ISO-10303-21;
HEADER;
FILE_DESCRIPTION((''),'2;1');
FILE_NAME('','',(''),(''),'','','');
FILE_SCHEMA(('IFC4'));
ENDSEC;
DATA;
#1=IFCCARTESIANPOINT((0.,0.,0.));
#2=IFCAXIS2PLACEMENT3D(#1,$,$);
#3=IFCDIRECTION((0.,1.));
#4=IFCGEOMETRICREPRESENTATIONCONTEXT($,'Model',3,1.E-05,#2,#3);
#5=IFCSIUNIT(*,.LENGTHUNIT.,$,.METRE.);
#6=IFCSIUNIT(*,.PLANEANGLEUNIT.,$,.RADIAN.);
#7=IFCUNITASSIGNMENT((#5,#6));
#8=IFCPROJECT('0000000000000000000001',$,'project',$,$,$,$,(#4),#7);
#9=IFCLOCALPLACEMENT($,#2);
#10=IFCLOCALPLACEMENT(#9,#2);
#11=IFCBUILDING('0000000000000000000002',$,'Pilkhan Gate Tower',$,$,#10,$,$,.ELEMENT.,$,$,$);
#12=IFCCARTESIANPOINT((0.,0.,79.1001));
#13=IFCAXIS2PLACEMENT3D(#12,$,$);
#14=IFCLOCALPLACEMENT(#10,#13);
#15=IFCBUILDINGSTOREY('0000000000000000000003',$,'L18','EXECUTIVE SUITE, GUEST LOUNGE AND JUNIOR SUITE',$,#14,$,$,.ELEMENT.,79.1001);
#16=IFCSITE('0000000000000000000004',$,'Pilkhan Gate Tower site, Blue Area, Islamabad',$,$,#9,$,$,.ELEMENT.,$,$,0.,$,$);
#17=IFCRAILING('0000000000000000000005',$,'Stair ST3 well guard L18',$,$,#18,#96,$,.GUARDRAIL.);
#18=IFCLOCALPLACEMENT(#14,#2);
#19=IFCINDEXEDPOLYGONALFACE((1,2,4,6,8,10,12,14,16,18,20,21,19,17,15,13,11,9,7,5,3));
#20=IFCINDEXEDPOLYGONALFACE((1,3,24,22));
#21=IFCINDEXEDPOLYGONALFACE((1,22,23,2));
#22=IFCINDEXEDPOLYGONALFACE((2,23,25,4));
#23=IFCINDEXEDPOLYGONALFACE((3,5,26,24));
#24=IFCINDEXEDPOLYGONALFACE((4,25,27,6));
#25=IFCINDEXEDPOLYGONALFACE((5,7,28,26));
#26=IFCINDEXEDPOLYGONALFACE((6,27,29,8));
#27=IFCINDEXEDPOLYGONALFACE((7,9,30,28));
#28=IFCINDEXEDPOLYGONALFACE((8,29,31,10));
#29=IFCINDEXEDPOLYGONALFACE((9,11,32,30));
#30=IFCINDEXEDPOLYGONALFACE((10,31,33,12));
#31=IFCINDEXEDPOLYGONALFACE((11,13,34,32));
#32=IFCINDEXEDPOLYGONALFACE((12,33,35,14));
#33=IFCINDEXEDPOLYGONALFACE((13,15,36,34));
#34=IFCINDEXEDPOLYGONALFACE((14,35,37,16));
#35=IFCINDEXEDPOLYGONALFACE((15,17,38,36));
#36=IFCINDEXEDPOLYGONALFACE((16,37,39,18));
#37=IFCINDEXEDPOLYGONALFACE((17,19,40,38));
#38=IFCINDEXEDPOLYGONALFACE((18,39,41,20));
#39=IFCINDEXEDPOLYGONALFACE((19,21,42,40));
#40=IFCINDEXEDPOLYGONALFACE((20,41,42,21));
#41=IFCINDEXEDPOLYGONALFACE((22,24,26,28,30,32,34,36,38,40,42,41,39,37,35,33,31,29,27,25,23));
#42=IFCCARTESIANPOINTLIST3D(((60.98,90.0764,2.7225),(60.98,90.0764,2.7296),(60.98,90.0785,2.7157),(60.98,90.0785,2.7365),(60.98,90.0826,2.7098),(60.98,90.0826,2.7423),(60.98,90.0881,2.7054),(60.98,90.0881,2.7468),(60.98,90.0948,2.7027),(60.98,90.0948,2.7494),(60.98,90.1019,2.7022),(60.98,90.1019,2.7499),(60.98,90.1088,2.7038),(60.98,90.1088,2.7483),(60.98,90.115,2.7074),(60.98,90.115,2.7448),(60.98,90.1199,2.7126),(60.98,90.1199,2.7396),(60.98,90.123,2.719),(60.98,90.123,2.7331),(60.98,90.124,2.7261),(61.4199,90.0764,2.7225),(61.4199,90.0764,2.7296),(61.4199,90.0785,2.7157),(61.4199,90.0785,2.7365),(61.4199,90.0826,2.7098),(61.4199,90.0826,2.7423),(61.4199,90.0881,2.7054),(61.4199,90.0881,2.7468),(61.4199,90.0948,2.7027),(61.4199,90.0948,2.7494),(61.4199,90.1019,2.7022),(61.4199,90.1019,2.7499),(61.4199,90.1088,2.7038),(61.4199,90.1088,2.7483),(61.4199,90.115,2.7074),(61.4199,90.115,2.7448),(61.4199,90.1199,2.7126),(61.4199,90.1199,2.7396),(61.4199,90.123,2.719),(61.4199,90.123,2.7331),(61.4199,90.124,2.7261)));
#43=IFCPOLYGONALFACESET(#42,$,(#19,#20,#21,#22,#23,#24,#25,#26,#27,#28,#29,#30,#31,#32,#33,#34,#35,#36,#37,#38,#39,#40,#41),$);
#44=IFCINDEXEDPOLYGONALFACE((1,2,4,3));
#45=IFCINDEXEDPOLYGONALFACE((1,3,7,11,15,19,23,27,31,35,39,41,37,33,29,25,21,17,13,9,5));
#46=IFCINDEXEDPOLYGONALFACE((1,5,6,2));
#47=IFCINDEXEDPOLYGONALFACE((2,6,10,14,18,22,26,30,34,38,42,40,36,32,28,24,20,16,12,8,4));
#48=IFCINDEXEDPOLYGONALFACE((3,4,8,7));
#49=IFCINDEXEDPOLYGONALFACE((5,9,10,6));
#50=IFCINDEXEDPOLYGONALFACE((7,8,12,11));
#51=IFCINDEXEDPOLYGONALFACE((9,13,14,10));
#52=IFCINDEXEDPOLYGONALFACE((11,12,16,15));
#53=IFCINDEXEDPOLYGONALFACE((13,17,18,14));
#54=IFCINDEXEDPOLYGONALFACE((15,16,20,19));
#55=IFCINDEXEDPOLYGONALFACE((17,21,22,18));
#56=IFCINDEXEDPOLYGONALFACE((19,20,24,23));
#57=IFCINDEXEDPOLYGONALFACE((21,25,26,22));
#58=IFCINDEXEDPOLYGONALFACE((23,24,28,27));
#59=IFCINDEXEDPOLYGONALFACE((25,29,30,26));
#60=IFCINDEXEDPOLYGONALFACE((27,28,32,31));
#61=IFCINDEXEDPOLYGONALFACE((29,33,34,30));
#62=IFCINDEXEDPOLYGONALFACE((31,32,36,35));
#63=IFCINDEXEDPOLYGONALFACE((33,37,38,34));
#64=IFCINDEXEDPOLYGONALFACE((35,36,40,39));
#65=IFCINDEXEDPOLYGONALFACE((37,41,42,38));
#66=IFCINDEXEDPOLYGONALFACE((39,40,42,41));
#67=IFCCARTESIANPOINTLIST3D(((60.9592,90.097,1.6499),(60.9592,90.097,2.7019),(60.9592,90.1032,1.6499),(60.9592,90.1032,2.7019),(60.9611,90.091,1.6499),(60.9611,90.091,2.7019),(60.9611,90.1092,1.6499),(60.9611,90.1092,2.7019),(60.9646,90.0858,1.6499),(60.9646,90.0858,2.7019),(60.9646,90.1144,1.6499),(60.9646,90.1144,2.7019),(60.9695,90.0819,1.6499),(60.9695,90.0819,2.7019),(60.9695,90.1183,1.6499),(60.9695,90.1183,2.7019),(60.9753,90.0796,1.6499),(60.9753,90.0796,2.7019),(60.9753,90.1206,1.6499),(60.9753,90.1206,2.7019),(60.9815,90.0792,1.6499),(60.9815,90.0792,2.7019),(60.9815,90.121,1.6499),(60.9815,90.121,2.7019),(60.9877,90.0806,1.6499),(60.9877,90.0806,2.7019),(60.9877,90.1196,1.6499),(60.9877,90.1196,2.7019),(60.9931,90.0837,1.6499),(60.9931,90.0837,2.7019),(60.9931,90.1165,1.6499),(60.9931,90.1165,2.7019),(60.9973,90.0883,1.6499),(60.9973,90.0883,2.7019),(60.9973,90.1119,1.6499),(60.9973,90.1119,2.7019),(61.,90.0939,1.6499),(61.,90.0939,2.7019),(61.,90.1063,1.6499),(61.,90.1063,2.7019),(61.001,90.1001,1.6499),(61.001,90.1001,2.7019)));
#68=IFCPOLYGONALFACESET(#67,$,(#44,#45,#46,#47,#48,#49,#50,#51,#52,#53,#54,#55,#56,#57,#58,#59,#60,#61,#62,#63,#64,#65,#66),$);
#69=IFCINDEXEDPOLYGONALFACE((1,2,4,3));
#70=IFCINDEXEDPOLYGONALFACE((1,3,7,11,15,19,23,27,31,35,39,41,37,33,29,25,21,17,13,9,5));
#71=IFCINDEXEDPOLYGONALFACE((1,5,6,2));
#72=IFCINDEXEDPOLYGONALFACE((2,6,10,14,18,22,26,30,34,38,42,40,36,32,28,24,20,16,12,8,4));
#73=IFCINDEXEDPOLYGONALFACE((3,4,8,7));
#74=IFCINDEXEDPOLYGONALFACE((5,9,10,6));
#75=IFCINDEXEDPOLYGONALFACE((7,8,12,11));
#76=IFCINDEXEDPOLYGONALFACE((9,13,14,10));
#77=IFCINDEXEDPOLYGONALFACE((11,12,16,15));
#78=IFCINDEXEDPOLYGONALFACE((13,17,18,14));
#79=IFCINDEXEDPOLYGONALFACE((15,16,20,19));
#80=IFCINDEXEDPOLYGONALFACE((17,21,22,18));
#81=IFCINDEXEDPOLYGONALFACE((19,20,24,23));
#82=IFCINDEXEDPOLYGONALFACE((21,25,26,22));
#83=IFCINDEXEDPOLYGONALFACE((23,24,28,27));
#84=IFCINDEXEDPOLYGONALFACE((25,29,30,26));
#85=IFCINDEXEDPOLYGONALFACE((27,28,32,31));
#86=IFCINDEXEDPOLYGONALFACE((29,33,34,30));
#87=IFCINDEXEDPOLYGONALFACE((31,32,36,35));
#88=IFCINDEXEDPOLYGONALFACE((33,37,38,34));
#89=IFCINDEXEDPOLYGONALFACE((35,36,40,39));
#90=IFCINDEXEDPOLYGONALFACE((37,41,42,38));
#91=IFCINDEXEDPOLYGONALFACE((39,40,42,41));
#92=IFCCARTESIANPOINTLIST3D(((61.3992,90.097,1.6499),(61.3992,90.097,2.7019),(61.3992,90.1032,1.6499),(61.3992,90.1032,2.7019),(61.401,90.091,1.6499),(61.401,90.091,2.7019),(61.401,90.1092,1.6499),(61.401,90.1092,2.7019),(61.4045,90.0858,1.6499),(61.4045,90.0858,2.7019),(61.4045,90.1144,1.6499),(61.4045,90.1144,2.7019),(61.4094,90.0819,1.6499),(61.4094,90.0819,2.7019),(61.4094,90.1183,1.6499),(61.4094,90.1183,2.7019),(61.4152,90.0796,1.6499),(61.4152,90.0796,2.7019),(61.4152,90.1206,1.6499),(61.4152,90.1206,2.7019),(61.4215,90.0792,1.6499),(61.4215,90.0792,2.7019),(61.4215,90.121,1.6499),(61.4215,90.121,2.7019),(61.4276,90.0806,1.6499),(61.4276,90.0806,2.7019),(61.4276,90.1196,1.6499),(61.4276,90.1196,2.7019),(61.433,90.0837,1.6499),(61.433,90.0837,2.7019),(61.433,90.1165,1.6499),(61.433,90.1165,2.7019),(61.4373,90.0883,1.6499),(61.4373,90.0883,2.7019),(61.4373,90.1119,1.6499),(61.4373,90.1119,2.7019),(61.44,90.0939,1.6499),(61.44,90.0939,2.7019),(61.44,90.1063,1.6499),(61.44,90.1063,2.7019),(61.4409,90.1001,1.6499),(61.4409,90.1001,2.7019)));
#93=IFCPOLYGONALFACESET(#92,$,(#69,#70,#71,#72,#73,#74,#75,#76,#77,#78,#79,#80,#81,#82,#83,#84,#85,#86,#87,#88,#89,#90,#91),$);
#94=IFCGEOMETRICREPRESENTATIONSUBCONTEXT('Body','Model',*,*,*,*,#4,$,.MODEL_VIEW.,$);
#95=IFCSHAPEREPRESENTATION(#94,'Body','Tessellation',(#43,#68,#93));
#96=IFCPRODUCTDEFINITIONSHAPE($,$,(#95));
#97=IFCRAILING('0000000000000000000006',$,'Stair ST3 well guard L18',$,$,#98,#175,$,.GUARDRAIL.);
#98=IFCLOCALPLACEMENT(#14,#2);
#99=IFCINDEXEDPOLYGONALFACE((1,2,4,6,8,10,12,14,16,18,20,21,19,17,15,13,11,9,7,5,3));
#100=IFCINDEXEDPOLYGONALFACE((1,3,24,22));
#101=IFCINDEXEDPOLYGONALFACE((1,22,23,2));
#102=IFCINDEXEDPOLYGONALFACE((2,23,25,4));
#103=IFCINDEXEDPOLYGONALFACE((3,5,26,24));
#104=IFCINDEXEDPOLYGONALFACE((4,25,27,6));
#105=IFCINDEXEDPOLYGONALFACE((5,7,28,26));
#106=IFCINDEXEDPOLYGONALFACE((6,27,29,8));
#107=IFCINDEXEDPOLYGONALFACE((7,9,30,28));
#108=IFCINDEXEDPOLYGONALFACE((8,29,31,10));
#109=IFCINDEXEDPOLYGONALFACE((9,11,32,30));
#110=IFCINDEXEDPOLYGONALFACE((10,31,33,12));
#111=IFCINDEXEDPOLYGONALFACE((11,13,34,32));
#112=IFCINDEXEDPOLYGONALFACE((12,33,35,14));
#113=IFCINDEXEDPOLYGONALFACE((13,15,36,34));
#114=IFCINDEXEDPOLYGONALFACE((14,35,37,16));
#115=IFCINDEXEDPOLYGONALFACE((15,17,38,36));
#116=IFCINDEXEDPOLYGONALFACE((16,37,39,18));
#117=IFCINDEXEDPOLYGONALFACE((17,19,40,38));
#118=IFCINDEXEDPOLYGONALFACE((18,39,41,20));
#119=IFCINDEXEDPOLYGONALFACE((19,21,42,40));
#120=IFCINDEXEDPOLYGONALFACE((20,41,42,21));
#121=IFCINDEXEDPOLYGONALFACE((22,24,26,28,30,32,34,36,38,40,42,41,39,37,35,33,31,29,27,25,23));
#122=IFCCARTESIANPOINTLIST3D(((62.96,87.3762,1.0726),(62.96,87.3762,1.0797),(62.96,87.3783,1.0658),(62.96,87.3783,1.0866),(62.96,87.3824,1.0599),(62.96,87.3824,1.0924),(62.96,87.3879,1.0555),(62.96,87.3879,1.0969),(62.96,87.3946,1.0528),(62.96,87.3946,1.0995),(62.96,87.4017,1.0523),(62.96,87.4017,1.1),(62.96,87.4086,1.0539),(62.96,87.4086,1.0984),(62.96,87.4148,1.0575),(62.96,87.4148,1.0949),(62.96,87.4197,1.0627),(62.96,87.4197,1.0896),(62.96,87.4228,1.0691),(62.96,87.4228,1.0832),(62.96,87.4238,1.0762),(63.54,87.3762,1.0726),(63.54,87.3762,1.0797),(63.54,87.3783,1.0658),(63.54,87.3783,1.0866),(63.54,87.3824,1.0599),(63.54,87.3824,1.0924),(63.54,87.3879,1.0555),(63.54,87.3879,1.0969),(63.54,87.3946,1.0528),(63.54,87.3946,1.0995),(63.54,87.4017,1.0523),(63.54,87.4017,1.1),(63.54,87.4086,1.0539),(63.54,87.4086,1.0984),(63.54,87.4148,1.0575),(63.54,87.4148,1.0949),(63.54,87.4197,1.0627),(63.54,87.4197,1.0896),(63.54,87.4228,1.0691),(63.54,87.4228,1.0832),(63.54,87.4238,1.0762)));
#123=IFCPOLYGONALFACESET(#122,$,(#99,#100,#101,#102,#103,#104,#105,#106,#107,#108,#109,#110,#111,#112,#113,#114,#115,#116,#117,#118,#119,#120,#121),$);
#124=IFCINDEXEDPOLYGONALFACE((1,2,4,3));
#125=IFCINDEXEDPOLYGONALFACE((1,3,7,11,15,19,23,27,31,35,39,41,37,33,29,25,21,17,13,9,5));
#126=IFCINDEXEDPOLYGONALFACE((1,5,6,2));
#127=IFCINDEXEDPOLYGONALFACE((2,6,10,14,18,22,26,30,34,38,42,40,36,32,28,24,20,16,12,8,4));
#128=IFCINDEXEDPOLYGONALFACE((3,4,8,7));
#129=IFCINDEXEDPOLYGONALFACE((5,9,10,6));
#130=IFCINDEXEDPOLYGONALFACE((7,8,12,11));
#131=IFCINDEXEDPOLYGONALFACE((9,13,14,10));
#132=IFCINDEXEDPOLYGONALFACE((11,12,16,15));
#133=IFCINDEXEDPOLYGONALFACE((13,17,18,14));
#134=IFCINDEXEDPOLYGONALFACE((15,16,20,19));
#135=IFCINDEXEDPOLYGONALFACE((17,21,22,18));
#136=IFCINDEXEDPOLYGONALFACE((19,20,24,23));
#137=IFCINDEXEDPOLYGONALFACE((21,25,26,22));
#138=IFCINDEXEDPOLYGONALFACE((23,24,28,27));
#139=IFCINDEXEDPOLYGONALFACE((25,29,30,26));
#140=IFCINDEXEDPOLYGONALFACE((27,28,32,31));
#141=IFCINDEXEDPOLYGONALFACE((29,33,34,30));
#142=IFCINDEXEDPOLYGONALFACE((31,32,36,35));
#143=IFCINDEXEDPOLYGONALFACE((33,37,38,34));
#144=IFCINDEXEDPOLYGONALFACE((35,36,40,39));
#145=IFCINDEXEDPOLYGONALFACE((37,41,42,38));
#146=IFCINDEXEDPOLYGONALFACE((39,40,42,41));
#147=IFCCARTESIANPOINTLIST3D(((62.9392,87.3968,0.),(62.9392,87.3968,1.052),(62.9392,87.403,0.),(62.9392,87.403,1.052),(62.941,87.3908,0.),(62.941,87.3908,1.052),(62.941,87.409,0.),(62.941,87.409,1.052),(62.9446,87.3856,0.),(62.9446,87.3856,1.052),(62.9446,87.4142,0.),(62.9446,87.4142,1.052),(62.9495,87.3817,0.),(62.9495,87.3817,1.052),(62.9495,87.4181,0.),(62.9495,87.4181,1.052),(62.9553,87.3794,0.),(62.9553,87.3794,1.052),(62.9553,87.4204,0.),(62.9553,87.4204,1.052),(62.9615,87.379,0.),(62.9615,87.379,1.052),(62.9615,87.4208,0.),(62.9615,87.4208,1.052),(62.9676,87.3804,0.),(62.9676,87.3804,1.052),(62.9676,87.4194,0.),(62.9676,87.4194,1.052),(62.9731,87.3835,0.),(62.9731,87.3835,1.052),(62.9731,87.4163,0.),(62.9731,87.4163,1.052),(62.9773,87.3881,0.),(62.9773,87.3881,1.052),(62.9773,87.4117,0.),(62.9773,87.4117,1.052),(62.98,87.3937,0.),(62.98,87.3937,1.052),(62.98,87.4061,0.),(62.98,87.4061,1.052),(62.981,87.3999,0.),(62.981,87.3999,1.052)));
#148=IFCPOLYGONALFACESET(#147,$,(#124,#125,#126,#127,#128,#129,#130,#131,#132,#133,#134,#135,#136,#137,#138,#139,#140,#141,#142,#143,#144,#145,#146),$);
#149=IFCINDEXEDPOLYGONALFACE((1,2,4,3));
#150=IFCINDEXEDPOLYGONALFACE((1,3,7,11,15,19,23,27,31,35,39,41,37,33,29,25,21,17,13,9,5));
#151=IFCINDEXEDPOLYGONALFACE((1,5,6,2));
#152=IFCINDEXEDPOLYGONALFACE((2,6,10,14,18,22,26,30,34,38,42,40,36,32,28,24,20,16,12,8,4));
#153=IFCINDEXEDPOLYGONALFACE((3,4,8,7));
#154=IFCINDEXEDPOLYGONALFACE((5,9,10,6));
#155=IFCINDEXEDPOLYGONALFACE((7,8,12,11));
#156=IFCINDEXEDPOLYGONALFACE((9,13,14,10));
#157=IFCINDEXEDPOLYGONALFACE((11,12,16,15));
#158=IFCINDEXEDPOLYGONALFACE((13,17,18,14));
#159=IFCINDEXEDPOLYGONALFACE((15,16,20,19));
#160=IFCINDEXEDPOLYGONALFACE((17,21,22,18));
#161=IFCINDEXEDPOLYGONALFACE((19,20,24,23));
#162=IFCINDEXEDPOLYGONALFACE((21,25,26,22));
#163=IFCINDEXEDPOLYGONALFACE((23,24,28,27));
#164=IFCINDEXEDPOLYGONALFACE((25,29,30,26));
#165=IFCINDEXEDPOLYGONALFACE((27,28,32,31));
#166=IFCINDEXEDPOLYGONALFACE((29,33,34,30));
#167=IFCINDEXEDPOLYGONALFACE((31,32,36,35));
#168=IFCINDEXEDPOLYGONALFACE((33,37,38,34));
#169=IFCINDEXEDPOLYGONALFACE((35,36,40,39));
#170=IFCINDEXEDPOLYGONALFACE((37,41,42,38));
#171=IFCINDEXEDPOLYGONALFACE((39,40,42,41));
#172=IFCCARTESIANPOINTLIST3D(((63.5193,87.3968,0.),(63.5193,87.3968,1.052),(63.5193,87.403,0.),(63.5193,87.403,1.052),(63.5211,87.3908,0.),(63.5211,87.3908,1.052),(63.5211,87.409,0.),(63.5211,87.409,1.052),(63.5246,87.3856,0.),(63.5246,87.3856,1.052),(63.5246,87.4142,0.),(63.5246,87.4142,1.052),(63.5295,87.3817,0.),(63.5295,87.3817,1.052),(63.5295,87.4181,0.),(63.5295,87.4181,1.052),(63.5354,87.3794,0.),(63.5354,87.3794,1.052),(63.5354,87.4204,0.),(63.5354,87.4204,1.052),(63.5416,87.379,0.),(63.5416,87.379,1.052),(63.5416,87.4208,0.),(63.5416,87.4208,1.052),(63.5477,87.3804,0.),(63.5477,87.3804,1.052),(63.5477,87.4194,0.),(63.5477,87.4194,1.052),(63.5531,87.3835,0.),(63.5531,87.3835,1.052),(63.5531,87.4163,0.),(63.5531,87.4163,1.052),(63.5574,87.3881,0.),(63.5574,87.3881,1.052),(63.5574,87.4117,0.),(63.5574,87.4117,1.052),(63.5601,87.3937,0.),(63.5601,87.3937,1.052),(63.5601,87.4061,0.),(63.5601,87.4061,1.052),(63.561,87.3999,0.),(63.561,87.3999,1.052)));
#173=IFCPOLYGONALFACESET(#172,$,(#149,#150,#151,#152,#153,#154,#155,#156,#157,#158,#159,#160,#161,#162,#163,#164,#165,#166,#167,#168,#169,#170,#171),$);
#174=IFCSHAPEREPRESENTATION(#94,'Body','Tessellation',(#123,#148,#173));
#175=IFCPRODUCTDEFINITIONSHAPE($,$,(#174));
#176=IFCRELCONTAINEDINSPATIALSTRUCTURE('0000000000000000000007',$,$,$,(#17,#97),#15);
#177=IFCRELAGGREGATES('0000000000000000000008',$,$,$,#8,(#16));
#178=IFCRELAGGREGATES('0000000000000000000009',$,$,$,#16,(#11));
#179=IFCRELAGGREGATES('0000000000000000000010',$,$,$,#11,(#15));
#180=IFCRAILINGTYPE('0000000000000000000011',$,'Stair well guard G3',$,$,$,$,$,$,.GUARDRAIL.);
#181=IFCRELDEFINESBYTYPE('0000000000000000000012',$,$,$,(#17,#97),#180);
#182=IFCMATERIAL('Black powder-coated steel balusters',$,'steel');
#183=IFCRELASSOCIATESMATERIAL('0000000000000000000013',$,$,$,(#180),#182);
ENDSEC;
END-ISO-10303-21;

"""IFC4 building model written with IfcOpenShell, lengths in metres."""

from ifc_helpers import new_model, si_unit, direction, frame, origin, origin_2d, place, context, subcontext, project, spatial, circle, extrude, material, type_object, element, save


model = new_model("IFC4")

# Units and contexts
model_context = context("Model", 3, precision=1e-05, world=origin(), true_north=direction((0.0, 1.0)))
body_context = subcontext(model_context, "Body", "Model", "MODEL_VIEW")
ifc_project = project(units=[si_unit("LENGTHUNIT", "METRE"), si_unit("PLANEANGLEUNIT", "RADIAN")], contexts=[model_context])

# Site, building, storey
site_placement = place(None, origin())
site = spatial("IfcSite", under=ifc_project, at=site_placement, Name="Pilkhan Gate Tower site, Blue Area, Islamabad", CompositionType="ELEMENT", RefElevation=0.0)
building_placement = place(site_placement, origin())
building = spatial("IfcBuilding", under=site, at=building_placement, Name="Pilkhan Gate Tower", CompositionType="ELEMENT")
storey_placement = place(building_placement, frame((0.0, 0.0, 79.1001)))
storey = spatial("IfcBuildingStorey", under=building, at=storey_placement, Name="L18", Description="EXECUTIVE SUITE, GUEST LOUNGE AND JUNIOR SUITE", CompositionType="ELEMENT", Elevation=79.1001)

# Railings
ifc_material_1 = material(Name="Black powder-coated steel balusters", Category="steel")
railing_type_1 = type_object("IfcRailingType", Name="Stair well guard G3", PredefinedType="GUARDRAIL", material=ifc_material_1)
railing_1_placement = place(storey_placement, frame((60.98, 90.1001, 1.6499)))
element("IfcRailing", 1, at=railing_1_placement, inside=storey, type_object=railing_type_1, Name="Stair ST3 well guard L18", PredefinedType="GUARDRAIL", context=body_context, shape_type="SweptSolid", body=[
    extrude(circle(Radius=0.0239, at=origin_2d()), frame((0.0, 0.0, 1.0762), z_axis=(1.0, 0.0, 0.0), x_axis=(0.0, 1.0, 0.0)), (0.0, 0.0, 1.0), 0.4399),
    extrude(circle(Radius=0.021, at=origin_2d()), origin(), (0.0, 0.0, 1.0), 1.052),
    extrude(circle(Radius=0.021, at=origin_2d()), frame((0.4399, 0.0, 0.0)), (0.0, 0.0, 1.0), 1.052),
])
railing_2_placement = place(storey_placement, frame((62.96, 87.3999, 0.0)))
element("IfcRailing", 2, at=railing_2_placement, inside=storey, type_object=railing_type_1, Name="Stair ST3 well guard L18", PredefinedType="GUARDRAIL", context=body_context, shape_type="SweptSolid", body=[
    extrude(circle(Radius=0.0239, at=origin_2d()), frame((0.0, 0.0, 1.0762), z_axis=(1.0, 0.0, 0.0), x_axis=(0.0, 1.0, 0.0)), (0.0, 0.0, 1.0), 0.5801),
    extrude(circle(Radius=0.021, at=origin_2d()), origin(), (0.0, 0.0, 1.0), 1.052),
    extrude(circle(Radius=0.021, at=origin_2d()), frame((0.5801, 0.0, 0.0)), (0.0, 0.0, 1.0), 1.052),
])

save(model, "model.ifc")
